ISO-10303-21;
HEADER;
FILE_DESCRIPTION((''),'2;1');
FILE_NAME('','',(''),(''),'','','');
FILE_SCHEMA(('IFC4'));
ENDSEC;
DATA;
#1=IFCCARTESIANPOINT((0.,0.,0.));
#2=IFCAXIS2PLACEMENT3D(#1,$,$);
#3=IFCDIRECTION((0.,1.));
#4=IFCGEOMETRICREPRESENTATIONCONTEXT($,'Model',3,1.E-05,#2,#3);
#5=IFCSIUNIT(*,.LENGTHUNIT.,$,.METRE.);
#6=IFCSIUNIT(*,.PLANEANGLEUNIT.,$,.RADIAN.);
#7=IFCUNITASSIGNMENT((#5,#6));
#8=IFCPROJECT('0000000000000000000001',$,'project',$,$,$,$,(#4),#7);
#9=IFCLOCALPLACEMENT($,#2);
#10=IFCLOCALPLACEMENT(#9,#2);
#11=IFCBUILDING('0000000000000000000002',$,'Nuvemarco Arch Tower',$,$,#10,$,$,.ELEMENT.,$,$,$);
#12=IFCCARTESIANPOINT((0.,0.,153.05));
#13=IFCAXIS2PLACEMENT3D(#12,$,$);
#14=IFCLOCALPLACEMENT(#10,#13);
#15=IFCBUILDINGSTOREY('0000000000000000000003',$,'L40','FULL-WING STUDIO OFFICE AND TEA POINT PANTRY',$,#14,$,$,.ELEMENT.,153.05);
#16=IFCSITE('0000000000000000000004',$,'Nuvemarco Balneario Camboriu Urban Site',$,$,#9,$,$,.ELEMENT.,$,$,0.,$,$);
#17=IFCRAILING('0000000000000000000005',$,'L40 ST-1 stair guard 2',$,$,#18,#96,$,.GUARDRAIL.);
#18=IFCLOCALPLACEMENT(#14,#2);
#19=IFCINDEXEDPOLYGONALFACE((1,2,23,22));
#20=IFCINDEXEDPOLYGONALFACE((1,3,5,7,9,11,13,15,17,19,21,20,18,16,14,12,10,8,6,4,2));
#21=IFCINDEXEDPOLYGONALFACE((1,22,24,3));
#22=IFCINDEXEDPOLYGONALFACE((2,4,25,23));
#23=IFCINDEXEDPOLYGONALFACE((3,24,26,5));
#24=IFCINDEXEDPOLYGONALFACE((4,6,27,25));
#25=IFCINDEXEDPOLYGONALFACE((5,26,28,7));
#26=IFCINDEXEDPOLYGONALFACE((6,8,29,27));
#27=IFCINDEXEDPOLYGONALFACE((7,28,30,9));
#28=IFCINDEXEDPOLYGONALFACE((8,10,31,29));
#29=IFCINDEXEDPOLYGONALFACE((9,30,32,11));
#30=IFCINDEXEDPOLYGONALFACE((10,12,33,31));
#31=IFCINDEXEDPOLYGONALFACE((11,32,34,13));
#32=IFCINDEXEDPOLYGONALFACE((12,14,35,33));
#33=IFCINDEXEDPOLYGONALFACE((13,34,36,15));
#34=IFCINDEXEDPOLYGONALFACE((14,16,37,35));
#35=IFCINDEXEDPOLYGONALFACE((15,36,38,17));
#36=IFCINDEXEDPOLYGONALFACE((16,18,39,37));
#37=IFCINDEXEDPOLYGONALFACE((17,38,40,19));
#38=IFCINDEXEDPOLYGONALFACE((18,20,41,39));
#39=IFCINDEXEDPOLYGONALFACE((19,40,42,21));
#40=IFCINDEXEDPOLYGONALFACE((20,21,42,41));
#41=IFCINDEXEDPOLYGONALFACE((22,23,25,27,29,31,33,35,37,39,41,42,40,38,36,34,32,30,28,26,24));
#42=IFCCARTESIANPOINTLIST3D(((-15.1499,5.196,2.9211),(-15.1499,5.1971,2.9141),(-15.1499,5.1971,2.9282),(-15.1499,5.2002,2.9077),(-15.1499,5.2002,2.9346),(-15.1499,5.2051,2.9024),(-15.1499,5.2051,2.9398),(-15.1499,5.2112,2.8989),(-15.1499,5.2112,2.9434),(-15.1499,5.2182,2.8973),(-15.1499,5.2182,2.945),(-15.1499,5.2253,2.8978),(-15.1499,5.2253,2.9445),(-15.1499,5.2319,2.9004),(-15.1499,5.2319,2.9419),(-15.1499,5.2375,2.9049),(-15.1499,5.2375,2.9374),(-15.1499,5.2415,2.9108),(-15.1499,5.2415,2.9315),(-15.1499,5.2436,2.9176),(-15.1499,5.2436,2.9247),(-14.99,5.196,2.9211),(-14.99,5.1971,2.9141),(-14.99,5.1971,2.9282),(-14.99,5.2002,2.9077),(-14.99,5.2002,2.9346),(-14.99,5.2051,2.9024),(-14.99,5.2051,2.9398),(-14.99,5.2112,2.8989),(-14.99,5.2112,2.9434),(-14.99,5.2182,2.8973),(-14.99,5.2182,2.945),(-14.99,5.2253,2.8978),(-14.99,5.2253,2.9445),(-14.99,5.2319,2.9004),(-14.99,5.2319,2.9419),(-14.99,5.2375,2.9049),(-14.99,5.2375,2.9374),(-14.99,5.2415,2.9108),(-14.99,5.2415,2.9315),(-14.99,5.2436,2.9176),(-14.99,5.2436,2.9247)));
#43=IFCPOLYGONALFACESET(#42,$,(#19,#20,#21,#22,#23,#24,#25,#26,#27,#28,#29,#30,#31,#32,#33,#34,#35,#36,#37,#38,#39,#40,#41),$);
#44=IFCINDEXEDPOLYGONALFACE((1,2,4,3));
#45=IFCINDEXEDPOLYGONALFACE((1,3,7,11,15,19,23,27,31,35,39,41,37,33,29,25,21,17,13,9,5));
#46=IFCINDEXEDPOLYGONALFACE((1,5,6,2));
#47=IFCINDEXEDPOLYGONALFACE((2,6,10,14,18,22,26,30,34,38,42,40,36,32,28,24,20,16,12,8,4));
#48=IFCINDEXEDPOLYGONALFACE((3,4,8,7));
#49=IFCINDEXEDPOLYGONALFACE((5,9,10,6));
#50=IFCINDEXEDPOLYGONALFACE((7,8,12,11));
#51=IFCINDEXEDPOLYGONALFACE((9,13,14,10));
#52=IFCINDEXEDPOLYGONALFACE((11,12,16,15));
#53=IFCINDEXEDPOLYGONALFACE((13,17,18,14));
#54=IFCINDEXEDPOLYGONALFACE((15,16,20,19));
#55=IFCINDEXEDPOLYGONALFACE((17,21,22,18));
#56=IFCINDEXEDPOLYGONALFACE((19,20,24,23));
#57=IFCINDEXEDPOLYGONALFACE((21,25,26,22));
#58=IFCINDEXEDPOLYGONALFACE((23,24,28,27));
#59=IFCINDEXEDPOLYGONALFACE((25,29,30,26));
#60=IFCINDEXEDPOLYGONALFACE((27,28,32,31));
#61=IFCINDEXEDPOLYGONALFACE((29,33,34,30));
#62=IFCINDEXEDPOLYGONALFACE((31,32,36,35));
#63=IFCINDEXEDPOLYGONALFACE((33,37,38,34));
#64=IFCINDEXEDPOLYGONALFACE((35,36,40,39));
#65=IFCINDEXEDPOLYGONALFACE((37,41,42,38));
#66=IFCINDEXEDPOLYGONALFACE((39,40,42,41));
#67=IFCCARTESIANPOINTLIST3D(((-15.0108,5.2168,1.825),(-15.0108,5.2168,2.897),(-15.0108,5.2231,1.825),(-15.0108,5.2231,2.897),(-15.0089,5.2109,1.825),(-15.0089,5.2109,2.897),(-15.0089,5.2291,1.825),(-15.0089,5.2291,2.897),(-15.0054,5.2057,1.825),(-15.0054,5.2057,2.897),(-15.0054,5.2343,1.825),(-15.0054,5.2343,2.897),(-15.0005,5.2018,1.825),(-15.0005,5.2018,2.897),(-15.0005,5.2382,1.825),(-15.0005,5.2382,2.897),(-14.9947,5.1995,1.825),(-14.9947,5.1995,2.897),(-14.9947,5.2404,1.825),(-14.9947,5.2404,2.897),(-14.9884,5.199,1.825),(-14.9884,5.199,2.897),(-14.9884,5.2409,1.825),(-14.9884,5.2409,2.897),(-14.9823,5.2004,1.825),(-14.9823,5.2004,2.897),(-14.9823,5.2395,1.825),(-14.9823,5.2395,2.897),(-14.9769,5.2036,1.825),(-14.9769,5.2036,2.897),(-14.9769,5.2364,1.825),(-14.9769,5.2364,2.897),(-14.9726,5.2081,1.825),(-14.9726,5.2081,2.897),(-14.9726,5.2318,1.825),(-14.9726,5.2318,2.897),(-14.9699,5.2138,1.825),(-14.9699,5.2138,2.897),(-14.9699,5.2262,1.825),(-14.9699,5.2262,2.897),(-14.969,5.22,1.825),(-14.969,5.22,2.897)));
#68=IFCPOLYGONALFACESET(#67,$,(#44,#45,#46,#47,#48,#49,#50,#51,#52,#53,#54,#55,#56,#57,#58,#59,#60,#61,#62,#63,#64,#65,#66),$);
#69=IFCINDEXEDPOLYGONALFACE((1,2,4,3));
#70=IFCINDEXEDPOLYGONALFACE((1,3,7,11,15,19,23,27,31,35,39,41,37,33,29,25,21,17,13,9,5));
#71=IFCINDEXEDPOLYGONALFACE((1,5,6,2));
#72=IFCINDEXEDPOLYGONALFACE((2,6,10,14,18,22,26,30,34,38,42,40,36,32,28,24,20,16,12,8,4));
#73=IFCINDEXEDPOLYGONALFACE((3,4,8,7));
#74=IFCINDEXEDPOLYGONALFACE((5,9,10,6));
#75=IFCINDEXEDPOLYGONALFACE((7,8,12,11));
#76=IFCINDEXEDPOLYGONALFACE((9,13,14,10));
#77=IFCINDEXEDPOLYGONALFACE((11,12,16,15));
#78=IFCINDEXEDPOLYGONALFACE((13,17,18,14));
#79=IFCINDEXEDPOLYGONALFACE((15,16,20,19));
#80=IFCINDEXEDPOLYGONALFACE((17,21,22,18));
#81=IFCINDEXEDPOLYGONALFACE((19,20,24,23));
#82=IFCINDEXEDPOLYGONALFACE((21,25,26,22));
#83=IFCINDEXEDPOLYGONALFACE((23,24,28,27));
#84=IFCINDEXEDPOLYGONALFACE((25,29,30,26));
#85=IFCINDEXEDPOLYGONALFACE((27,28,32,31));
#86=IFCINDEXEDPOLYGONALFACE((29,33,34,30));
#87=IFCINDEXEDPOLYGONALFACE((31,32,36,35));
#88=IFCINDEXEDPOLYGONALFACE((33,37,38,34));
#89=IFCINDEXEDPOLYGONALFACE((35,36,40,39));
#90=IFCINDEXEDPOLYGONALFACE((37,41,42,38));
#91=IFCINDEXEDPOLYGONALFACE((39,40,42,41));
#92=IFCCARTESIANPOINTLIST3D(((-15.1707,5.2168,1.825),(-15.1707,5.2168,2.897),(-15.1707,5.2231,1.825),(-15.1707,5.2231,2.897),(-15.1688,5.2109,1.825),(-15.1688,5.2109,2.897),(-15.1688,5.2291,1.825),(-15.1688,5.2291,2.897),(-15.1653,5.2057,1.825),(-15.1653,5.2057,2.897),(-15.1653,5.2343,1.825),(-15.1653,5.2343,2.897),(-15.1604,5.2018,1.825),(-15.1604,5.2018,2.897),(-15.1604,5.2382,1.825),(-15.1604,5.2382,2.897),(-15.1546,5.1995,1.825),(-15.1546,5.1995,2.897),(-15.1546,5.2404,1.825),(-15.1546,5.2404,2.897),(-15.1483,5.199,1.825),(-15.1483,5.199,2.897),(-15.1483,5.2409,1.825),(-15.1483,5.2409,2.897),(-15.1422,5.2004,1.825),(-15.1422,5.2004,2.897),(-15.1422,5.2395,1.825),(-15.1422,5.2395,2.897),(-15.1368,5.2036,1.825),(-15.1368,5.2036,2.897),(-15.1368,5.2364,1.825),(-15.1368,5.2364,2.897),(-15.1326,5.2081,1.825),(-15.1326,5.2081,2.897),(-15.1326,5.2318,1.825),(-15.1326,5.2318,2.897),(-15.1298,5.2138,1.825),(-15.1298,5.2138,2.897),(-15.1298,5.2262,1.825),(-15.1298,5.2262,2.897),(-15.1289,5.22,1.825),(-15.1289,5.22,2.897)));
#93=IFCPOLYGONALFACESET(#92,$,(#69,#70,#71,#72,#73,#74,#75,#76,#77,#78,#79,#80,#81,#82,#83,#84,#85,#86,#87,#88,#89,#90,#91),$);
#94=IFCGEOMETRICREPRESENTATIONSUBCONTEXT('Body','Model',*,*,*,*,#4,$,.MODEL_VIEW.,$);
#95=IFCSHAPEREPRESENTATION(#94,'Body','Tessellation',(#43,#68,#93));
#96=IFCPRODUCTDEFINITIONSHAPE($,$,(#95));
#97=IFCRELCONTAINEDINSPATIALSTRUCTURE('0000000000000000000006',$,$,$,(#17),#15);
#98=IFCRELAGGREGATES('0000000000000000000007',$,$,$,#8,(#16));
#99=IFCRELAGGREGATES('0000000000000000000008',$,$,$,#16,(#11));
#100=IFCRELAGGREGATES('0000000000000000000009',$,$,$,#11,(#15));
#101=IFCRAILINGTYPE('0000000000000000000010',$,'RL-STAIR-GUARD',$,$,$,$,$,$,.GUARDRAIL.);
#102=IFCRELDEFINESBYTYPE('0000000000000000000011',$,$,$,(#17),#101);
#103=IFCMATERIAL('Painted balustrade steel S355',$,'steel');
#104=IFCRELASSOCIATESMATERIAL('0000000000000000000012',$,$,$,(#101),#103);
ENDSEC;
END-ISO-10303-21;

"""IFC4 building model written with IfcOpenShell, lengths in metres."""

from ifc_helpers import new_model, si_unit, direction, frame, origin, origin_2d, place, context, subcontext, project, spatial, circle, extrude, material, type_object, element, save


model = new_model("IFC4")

# Units and contexts
model_context = context("Model", 3, precision=1e-05, world=origin(), true_north=direction((0.0, 1.0)))
body_context = subcontext(model_context, "Body", "Model", "MODEL_VIEW")
ifc_project = project(units=[si_unit("LENGTHUNIT", "METRE"), si_unit("PLANEANGLEUNIT", "RADIAN")], contexts=[model_context])

# Site, building, storey
site_placement = place(None, origin())
site = spatial("IfcSite", under=ifc_project, at=site_placement, Name="Nuvemarco Balneario Camboriu Urban Site", CompositionType="ELEMENT", RefElevation=0.0)
building_placement = place(site_placement, origin())
building = spatial("IfcBuilding", under=site, at=building_placement, Name="Nuvemarco Arch Tower", CompositionType="ELEMENT")
storey_placement = place(building_placement, frame((0.0, 0.0, 153.05)))
storey = spatial("IfcBuildingStorey", under=building, at=storey_placement, Name="L40", Description="FULL-WING STUDIO OFFICE AND TEA POINT PANTRY", CompositionType="ELEMENT", Elevation=153.05)

# Railing
ifc_material_1 = material(Name="Painted balustrade steel S355", Category="steel")
railing_type_1 = type_object("IfcRailingType", Name="RL-STAIR-GUARD", PredefinedType="GUARDRAIL", material=ifc_material_1)
railing_1_placement = place(storey_placement, frame((-14.99, 5.22, 1.825)))
element("IfcRailing", 1, at=railing_1_placement, inside=storey, type_object=railing_type_1, Name="L40 ST-1 stair guard 2", PredefinedType="GUARDRAIL", context=body_context, shape_type="SweptSolid", body=[
    extrude(circle(Radius=0.0239, at=origin_2d()), frame((0.0, 0.0, 1.0962), z_axis=(-1.0, 0.0, 0.0), x_axis=(0.0, -1.0, 0.0)), (0.0, 0.0, 1.0), 0.1599),
    extrude(circle(Radius=0.021, at=origin_2d()), origin(), (0.0, 0.0, 1.0), 1.072),
    extrude(circle(Radius=0.021, at=origin_2d()), frame((-0.1599, 0.0, 0.0)), (0.0, 0.0, 1.0), 1.072),
])

save(model, "model.ifc")
